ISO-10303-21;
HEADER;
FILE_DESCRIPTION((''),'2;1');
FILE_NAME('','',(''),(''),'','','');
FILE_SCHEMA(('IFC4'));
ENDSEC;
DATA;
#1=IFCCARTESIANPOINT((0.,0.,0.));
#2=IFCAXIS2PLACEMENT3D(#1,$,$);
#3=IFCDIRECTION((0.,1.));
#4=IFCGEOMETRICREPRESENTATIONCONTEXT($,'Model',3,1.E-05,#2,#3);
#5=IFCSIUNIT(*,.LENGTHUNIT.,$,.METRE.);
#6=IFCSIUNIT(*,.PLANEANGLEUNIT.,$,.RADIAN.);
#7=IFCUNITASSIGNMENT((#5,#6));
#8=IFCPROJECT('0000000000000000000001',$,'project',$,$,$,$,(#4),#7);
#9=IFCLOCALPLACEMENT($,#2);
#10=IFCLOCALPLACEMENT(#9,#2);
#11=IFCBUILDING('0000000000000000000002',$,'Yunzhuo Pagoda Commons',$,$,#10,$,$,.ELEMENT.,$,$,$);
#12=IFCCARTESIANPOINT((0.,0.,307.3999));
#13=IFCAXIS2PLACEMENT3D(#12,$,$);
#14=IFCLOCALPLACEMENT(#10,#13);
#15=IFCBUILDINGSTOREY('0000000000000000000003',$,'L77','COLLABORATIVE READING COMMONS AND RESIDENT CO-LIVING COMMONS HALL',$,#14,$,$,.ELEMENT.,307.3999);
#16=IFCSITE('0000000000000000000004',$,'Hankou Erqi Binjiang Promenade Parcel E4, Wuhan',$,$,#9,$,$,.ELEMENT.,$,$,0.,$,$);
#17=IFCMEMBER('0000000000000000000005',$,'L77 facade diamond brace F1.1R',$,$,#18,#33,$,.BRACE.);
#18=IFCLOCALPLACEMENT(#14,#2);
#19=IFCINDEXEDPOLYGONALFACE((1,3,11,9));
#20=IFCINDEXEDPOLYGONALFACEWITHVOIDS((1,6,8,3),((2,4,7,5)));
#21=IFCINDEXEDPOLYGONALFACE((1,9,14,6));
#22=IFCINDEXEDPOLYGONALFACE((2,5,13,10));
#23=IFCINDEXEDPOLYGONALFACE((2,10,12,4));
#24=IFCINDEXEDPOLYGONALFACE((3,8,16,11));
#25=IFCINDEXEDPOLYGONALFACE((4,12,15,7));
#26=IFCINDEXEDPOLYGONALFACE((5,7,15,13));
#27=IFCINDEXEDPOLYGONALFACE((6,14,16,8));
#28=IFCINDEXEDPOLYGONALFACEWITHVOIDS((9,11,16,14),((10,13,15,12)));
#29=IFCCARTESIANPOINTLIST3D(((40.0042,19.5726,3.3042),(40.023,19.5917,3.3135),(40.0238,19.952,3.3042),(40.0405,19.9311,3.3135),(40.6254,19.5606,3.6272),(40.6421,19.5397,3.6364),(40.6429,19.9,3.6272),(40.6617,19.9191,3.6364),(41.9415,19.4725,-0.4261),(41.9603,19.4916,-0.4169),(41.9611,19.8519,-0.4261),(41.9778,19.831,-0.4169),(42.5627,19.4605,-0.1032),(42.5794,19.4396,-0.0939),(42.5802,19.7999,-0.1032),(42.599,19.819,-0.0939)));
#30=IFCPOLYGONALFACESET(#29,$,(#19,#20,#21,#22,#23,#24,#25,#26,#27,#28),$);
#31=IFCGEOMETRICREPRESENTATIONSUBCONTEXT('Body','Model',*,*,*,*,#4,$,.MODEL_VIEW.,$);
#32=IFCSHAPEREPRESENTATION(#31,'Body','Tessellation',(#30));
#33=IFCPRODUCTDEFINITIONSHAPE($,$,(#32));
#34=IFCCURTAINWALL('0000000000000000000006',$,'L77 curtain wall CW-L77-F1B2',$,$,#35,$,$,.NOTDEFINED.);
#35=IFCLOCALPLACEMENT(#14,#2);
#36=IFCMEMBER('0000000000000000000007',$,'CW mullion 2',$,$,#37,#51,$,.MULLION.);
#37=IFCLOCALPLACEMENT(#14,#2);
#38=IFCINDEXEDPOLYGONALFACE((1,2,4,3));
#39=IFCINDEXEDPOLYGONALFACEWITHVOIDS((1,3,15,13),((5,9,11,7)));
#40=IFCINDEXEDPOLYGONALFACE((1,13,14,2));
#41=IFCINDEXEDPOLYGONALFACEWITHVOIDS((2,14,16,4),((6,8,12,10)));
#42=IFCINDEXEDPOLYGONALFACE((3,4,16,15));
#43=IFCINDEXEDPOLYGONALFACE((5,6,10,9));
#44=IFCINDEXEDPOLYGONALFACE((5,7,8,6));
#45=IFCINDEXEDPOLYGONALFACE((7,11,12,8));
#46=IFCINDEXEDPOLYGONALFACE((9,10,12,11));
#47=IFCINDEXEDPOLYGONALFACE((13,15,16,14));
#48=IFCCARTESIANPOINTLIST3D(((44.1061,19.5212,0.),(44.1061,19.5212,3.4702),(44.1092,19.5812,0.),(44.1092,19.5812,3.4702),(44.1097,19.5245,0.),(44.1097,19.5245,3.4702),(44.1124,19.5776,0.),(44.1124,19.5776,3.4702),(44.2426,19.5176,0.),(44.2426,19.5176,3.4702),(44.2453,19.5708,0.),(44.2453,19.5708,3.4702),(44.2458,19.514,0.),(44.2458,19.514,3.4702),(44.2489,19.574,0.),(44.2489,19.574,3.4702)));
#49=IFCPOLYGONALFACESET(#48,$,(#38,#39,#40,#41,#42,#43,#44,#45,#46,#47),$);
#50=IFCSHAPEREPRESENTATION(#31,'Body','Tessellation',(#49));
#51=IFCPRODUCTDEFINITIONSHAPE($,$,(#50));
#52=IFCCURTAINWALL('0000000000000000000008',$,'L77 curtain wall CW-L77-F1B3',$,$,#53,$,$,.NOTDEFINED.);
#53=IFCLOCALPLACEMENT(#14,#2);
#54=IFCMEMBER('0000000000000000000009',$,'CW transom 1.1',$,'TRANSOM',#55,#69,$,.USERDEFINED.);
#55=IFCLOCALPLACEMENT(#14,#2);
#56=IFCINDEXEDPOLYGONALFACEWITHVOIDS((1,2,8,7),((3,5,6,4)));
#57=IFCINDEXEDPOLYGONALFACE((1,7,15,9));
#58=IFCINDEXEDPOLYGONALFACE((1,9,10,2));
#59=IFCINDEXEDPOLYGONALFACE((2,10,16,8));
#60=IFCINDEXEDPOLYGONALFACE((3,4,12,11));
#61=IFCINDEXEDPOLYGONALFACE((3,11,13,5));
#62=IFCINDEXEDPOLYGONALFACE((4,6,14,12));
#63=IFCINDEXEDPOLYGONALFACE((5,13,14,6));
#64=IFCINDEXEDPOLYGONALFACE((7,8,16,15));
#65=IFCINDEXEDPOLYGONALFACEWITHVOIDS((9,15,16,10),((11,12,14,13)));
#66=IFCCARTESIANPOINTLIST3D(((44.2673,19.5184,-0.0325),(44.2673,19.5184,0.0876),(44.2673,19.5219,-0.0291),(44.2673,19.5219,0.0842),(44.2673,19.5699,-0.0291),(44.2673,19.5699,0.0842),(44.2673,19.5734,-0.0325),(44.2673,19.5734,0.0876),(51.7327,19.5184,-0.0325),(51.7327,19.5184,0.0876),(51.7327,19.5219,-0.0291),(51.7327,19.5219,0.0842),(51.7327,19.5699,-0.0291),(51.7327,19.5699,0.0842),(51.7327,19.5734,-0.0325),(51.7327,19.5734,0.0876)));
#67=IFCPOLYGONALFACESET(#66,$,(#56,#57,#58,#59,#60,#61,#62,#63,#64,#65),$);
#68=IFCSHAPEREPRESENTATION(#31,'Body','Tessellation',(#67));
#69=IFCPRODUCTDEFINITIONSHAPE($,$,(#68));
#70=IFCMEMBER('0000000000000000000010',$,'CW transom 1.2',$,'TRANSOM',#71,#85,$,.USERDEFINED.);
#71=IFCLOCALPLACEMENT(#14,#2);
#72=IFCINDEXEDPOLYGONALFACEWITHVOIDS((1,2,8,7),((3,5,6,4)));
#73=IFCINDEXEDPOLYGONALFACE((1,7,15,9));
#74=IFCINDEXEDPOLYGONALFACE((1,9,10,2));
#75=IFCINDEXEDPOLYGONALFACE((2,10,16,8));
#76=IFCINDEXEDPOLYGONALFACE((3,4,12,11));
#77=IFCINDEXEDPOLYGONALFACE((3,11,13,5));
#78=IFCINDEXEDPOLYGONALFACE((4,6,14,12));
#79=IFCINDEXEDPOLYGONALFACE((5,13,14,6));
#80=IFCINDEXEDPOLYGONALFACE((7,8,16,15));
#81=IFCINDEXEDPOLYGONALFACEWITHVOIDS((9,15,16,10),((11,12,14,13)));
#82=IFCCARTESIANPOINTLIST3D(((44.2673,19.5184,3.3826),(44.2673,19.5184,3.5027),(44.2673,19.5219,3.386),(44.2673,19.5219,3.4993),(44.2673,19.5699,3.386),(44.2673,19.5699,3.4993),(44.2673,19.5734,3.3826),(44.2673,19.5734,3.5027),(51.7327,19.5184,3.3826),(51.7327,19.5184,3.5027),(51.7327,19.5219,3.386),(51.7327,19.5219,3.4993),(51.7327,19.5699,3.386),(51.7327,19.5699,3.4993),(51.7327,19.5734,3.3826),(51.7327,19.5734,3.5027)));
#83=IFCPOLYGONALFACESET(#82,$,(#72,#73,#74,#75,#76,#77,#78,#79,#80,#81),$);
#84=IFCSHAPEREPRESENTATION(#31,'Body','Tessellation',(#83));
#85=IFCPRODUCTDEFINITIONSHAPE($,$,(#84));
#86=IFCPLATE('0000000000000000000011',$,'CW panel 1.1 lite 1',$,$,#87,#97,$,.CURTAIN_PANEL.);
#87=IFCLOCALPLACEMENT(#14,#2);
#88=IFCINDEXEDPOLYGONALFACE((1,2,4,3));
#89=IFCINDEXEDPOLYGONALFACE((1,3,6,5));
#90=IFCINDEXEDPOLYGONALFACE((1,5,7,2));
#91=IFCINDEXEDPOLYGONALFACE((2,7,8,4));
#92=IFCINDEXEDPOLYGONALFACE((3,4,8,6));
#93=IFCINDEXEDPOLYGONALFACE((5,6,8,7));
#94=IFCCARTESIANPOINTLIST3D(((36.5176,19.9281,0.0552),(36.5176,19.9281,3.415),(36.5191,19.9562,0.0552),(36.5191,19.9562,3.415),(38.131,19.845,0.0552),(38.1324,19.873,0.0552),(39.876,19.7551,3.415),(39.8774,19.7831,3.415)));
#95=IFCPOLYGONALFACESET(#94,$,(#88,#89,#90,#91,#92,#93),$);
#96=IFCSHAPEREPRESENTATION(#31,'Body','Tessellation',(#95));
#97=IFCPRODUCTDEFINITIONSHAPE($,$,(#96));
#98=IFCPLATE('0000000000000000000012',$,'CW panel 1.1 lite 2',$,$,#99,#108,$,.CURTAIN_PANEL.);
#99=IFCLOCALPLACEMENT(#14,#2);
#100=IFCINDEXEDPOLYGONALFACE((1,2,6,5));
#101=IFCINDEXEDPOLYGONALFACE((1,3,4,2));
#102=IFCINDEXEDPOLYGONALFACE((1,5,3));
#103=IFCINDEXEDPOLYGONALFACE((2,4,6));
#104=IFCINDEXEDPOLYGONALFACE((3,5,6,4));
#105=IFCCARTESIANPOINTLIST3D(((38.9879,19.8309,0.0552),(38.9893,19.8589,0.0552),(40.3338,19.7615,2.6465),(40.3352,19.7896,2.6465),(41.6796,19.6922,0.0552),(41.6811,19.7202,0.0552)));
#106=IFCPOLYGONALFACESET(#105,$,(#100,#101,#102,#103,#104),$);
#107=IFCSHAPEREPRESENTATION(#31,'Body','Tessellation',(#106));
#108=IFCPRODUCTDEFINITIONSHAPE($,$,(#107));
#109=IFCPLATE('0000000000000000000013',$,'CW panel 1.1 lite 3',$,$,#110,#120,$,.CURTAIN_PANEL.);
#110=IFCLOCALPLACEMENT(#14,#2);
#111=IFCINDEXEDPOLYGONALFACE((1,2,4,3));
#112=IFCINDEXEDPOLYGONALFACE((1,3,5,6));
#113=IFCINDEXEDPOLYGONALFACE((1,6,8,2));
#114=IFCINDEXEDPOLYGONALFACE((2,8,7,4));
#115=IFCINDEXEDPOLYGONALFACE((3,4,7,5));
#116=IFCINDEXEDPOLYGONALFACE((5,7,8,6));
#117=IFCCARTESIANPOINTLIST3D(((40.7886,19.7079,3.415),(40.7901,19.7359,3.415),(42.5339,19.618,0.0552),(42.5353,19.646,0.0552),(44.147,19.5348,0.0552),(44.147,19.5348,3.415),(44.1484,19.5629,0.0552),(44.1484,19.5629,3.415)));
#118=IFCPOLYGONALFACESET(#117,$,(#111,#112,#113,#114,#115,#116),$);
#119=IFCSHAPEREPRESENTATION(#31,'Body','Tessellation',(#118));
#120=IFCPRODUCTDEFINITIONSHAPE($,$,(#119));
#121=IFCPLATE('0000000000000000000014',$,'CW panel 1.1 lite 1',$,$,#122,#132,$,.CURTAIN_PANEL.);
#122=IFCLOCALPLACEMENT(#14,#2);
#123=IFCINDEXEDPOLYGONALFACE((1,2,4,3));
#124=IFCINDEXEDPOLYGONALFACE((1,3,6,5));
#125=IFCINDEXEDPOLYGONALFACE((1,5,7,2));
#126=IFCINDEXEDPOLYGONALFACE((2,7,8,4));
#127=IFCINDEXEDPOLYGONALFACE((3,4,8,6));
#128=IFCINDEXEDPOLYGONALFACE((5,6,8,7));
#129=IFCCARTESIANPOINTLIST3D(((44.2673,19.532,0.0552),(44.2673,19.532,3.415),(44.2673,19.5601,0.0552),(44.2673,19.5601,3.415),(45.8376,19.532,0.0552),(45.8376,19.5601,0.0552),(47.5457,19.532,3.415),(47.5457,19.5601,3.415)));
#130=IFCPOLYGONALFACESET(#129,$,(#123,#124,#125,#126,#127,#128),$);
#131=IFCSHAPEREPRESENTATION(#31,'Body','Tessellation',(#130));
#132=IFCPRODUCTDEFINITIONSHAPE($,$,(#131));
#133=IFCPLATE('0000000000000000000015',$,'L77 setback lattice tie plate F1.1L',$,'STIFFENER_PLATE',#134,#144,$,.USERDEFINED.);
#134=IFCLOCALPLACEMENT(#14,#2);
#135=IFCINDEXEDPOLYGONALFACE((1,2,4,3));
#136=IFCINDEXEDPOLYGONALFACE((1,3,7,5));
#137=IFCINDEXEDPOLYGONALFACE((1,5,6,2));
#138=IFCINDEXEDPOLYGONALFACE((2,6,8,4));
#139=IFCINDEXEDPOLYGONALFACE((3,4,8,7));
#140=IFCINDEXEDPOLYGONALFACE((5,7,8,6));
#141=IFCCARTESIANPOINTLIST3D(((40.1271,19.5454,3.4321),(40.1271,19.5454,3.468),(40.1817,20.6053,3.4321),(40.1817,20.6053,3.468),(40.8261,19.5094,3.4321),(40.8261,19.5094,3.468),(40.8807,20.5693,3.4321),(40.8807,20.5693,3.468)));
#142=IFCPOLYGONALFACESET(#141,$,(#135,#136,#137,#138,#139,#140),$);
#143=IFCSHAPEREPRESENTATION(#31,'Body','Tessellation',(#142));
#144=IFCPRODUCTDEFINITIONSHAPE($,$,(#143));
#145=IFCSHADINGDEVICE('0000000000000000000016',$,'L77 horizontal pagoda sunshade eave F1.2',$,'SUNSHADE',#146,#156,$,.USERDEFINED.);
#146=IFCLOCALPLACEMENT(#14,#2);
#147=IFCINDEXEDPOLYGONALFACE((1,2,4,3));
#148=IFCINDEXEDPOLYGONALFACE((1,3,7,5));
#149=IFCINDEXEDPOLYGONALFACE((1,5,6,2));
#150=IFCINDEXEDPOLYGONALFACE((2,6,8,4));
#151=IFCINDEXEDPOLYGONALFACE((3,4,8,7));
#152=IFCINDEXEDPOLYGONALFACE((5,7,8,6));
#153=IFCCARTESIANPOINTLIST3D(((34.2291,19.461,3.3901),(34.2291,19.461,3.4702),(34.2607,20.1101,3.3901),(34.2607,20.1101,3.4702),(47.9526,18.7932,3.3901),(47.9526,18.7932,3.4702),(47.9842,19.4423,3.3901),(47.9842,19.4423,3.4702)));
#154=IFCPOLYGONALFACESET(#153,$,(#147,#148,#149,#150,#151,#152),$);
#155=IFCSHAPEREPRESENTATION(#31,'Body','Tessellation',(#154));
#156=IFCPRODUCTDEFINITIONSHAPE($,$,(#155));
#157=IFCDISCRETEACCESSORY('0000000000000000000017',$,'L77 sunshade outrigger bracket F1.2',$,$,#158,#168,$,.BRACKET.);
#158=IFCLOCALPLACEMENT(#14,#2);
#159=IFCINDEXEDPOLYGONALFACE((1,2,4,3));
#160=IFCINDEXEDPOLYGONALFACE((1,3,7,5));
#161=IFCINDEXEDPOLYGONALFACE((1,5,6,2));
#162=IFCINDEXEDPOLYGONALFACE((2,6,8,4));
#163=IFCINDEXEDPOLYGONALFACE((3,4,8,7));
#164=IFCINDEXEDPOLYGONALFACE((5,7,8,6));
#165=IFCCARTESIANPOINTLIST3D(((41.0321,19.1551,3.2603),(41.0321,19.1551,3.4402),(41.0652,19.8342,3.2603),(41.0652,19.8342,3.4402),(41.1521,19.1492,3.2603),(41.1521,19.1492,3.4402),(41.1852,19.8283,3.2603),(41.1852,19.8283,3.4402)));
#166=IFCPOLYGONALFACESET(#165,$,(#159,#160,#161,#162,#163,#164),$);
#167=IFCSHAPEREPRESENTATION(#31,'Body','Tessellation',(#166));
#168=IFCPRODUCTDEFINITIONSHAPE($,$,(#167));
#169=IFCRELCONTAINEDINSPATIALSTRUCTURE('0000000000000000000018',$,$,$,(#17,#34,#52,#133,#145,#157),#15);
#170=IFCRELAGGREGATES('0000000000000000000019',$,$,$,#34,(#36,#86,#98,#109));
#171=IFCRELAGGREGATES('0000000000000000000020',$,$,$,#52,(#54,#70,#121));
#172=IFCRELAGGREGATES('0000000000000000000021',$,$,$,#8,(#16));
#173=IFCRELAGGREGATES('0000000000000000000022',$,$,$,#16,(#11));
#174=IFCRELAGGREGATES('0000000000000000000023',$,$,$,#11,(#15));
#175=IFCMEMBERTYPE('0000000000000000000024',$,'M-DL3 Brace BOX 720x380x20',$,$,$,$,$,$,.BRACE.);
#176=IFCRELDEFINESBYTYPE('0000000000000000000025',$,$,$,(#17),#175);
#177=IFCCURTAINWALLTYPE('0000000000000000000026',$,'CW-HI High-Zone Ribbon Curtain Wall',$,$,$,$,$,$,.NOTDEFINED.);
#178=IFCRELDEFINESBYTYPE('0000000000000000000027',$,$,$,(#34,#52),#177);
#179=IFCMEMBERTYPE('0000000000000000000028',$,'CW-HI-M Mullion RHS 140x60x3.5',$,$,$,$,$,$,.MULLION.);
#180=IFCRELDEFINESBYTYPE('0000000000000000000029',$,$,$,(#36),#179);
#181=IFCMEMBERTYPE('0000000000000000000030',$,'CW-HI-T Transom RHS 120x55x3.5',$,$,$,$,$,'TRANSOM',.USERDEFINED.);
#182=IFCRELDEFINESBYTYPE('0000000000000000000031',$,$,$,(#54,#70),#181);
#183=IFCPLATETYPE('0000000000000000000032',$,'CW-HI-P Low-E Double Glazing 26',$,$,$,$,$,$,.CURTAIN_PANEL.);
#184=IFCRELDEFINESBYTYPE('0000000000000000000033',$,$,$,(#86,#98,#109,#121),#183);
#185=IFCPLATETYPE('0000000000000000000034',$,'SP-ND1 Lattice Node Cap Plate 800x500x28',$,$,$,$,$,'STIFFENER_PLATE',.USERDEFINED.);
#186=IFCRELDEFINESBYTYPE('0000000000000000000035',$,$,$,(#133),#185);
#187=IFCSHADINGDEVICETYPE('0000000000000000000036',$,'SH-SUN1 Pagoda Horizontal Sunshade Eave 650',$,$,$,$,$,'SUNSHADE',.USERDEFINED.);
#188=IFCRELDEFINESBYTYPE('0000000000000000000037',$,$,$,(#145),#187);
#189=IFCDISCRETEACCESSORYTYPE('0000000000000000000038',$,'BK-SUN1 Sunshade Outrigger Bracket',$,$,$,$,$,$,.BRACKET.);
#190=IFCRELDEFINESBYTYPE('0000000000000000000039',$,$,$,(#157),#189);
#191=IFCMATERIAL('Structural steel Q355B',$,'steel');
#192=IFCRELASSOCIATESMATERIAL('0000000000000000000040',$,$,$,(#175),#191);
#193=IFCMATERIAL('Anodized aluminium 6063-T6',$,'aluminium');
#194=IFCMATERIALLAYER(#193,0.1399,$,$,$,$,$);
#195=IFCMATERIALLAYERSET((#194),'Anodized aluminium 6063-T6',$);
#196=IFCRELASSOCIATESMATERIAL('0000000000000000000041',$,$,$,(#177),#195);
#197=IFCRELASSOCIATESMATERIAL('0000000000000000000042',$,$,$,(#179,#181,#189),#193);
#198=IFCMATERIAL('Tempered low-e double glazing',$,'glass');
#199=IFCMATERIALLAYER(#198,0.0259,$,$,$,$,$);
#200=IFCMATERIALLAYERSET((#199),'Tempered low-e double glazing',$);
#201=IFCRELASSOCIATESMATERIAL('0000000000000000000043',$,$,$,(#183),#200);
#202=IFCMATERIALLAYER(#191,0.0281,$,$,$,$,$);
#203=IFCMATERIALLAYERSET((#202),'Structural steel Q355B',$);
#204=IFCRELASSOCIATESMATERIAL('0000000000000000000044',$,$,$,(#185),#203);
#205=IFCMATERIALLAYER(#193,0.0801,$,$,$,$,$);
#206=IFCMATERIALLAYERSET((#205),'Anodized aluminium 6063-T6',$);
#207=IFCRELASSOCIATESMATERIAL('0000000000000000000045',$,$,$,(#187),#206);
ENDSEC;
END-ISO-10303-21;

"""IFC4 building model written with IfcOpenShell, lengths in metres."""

from ifc_helpers import new_model, si_unit, direction, frame, origin, origin_2d, place, context, subcontext, project, spatial, polyline, rectangle, hollow_rectangle, outline, extrude, source, transform, mapped, material, layer, layer_set, material_profile, profile_set, type_object, element, aggregate, save


model = new_model("IFC4")

# Units and contexts
model_context = context("Model", 3, precision=1e-05, world=origin(), true_north=direction((0.0, 1.0)))
body_context = subcontext(model_context, "Body", "Model", "MODEL_VIEW")
ifc_project = project(units=[si_unit("LENGTHUNIT", "METRE"), si_unit("PLANEANGLEUNIT", "RADIAN")], contexts=[model_context])

# Site, building, storey
site_placement = place(None, origin())
site = spatial("IfcSite", under=ifc_project, at=site_placement, Name="Hankou Erqi Binjiang Promenade Parcel E4, Wuhan", CompositionType="ELEMENT", RefElevation=0.0)
building_placement = place(site_placement, origin())
building = spatial("IfcBuilding", under=site, at=building_placement, Name="Yunzhuo Pagoda Commons", CompositionType="ELEMENT")
storey_placement = place(building_placement, frame((0.0, 0.0, 307.3999)))
storey = spatial("IfcBuildingStorey", under=building, at=storey_placement, Name="L77", Description="COLLABORATIVE READING COMMONS AND RESIDENT CO-LIVING COMMONS HALL", CompositionType="ELEMENT", Elevation=307.3999)

# Shared definitions
ifc_material_1 = material(Name="Structural steel Q355B", Category="steel")

# Member
ifc_material_profile_1 = material_profile(ifc_material_1, hollow_rectangle(XDim=0.3799, YDim=0.72, WallThickness=0.02, at=origin_2d()), Name="Structural steel Q355B")
ifc_profile_set_1 = profile_set([ifc_material_profile_1], Name="Structural steel Q355B")
member_type_1 = type_object("IfcMemberType", Name="M-DL3 Brace BOX 720x380x20", PredefinedType="BRACE", material=ifc_profile_set_1)
shared_shape_1 = source(origin(), body_context, "Body", "SweptSolid", [
    extrude(hollow_rectangle(XDim=0.3799, YDim=0.72, WallThickness=0.02, at=origin_2d()), origin(), (0.0, 0.0, 1.0), 4.2046),
])
member_1_placement = place(storey_placement, frame((42.2703, 19.6458, -0.26), z_axis=(-0.460761, 0.023807, 0.887205), x_axis=(-0.051601, -0.998668, 0.0)))
element("IfcMember", 1, at=member_1_placement, inside=storey, type_object=member_type_1, Name="L77 facade diamond brace F1.1R", PredefinedType="BRACE", context=body_context, shape_type="MappedRepresentation", body=[
    mapped(shared_shape_1, transform((0.0, 0.0, 0.0), scale=1.0)),
])

# Curtain wall, member
ifc_material_2 = material(Name="Anodized aluminium 6063-T6", Category="aluminium")
ifc_layer_1 = layer(ifc_material_2, 0.1399)
ifc_layer_set_1 = layer_set([ifc_layer_1], Name="Anodized aluminium 6063-T6")
curtain_wall_type = type_object("IfcCurtainWallType", Name="CW-HI High-Zone Ribbon Curtain Wall", PredefinedType="NOTDEFINED", material=ifc_layer_set_1)
curtain_wall_1_placement = place(storey_placement, origin())
curtain_wall_1 = element("IfcCurtainWall", 2, at=curtain_wall_1_placement, inside=storey, type_object=curtain_wall_type, Name="L77 curtain wall CW-L77-F1B2", PredefinedType="NOTDEFINED")
ifc_material_profile_2 = material_profile(ifc_material_2, hollow_rectangle(XDim=0.0601, YDim=0.1399, WallThickness=0.0034, at=origin_2d()), Name="Anodized aluminium 6063-T6")
ifc_profile_set_2 = profile_set([ifc_material_profile_2], Name="Anodized aluminium 6063-T6")
member_type_2 = type_object("IfcMemberType", Name="CW-HI-M Mullion RHS 140x60x3.5", PredefinedType="MULLION", material=ifc_profile_set_2)
shared_shape_2 = source(origin(), body_context, "Body", "SweptSolid", [
    extrude(hollow_rectangle(XDim=0.0601, YDim=0.1399, WallThickness=0.0034, at=origin_2d()), origin(), (0.0, 0.0, 1.0), 3.4702),
])
member_2_placement = place(storey_placement, frame((44.1775, 19.5476, 0.0), z_axis=(0.0, 0.0, 1.0), x_axis=(0.051462, 0.998675, 0.0)))
member_2 = element("IfcMember", 3, at=member_2_placement, type_object=member_type_2, Name="CW mullion 2", PredefinedType="MULLION", context=body_context, shape_type="MappedRepresentation", body=[
    mapped(shared_shape_2, transform((0.0, 0.0, 0.0), scale=1.0)),
])

# Curtain wall, members
curtain_wall_2_placement = place(storey_placement, origin())
curtain_wall_2 = element("IfcCurtainWall", 4, at=curtain_wall_2_placement, inside=storey, type_object=curtain_wall_type, Name="L77 curtain wall CW-L77-F1B3", PredefinedType="NOTDEFINED")
ifc_material_profile_3 = material_profile(ifc_material_2, hollow_rectangle(XDim=0.0549, YDim=0.1201, WallThickness=0.0034, at=origin_2d()), Name="Anodized aluminium 6063-T6")
ifc_profile_set_3 = profile_set([ifc_material_profile_3], Name="Anodized aluminium 6063-T6")
member_type_3 = type_object("IfcMemberType", Name="CW-HI-T Transom RHS 120x55x3.5", ElementType="TRANSOM", PredefinedType="USERDEFINED", material=ifc_profile_set_3)
shared_shape_3 = source(origin(), body_context, "Body", "SweptSolid", [
    extrude(hollow_rectangle(XDim=0.0549, YDim=0.1201, WallThickness=0.0034, at=origin_2d()), origin(), (0.0, 0.0, 1.0), 7.4653),
])
member_3_placement = place(storey_placement, frame((44.2673, 19.5459, 0.0276), z_axis=(1.0, 0.0, 0.0), x_axis=(0.0, 1.0, 0.0)))
member_3 = element("IfcMember", 5, at=member_3_placement, type_object=member_type_3, Name="CW transom 1.1", ObjectType="TRANSOM", PredefinedType="USERDEFINED", context=body_context, shape_type="MappedRepresentation", body=[
    mapped(shared_shape_3, transform((0.0, 0.0, 0.0), scale=1.0)),
])
member_4_placement = place(storey_placement, frame((44.2673, 19.5459, 3.4426), z_axis=(1.0, 0.0, 0.0), x_axis=(0.0, 1.0, 0.0)))
member_4 = element("IfcMember", 6, at=member_4_placement, type_object=member_type_3, Name="CW transom 1.2", ObjectType="TRANSOM", PredefinedType="USERDEFINED", context=body_context, shape_type="MappedRepresentation", body=[
    mapped(shared_shape_3, transform((0.0, 0.0, 0.0), scale=1.0)),
])

# Plates
ifc_material_3 = material(Name="Tempered low-e double glazing", Category="glass")
ifc_layer_2 = layer(ifc_material_3, 0.0259)
ifc_layer_set_2 = layer_set([ifc_layer_2], Name="Tempered low-e double glazing")
plate_type_1 = type_object("IfcPlateType", Name="CW-HI-P Low-E Double Glazing 26", PredefinedType="CURTAIN_PANEL", material=ifc_layer_set_2)
plate_1_placement = place(storey_placement, frame((38.1982, 19.8696, 1.7351), z_axis=(-0.051462, -0.998675, 0.0), x_axis=(0.998675, -0.051462, 0.0)))
plate_1 = element("IfcPlate", 7, at=plate_1_placement, type_object=plate_type_1, Name="CW panel 1.1 lite 1", PredefinedType="CURTAIN_PANEL", context=body_context, shape_type="SweptSolid", body=[
    extrude(outline(polyline([(-1.6814, -1.6799), (-0.0659, -1.6799), (1.6814, 1.6799), (-1.6814, 1.6799), (-1.6814, -1.6799)])), origin(), (0.0, 0.0, 1.0), 0.0281),
])
plate_2_placement = place(storey_placement, frame((40.3352, 19.7896, 1.3508), z_axis=(-0.051462, -0.998675, 0.0), x_axis=(0.998675, -0.051462, 0.0)))
plate_2 = element("IfcPlate", 8, at=plate_2_placement, type_object=plate_type_1, Name="CW panel 1.1 lite 2", PredefinedType="CURTAIN_PANEL", context=body_context, shape_type="SweptSolid", body=[
    extrude(outline(polyline([(-1.3477, -1.2957), (1.3477, -1.2957), (0.0, 1.2957), (-1.3477, -1.2957)])), origin(), (0.0, 0.0, 1.0), 0.0281),
])
plate_3_placement = place(storey_placement, frame((42.4692, 19.6494, 1.7351), z_axis=(-0.051462, -0.998675, 0.0), x_axis=(0.998675, -0.051462, 0.0)))
plate_3 = element("IfcPlate", 9, at=plate_3_placement, type_object=plate_type_1, Name="CW panel 1.1 lite 3", PredefinedType="CURTAIN_PANEL", context=body_context, shape_type="SweptSolid", body=[
    extrude(outline(polyline([(-1.6814, 1.6799), (0.0662, -1.6799), (1.6814, -1.6799), (1.6814, 1.6799), (-1.6814, 1.6799)])), origin(), (0.0, 0.0, 1.0), 0.0281),
])
aggregate(curtain_wall_1, [member_2, plate_1, plate_2, plate_3])
plate_4_placement = place(storey_placement, frame((45.9065, 19.5601, 1.7351), z_axis=(0.0, -1.0, 0.0), x_axis=(1.0, 0.0, 0.0)))
plate_4 = element("IfcPlate", 10, at=plate_4_placement, type_object=plate_type_1, Name="CW panel 1.1 lite 1", PredefinedType="CURTAIN_PANEL", context=body_context, shape_type="SweptSolid", body=[
    extrude(outline(polyline([(-1.6392, -1.6799), (-0.0688, -1.6799), (1.6392, 1.6799), (-1.6392, 1.6799), (-1.6392, -1.6799)])), origin(), (0.0, 0.0, 1.0), 0.0281),
])
aggregate(curtain_wall_2, [member_3, member_4, plate_4])
ifc_layer_3 = layer(ifc_material_1, 0.0281)
ifc_layer_set_3 = layer_set([ifc_layer_3], Name="Structural steel Q355B")
plate_type_2 = type_object("IfcPlateType", Name="SP-ND1 Lattice Node Cap Plate 800x500x28", ElementType="STIFFENER_PLATE", PredefinedType="USERDEFINED", material=ifc_layer_set_3)
shared_shape_4 = source(origin(), body_context, "Body", "SweptSolid", [
    extrude(rectangle(XDim=0.7, YDim=1.0613, at=origin_2d()), origin(), (0.0, 0.0, 1.0), 0.0359),
])
plate_5_placement = place(storey_placement, frame((40.5039, 20.0574, 3.4321), z_axis=(0.0, 0.0, 1.0), x_axis=(0.998675, -0.051464, 0.0)))
element("IfcPlate", 11, at=plate_5_placement, inside=storey, type_object=plate_type_2, Name="L77 setback lattice tie plate F1.1L", ObjectType="STIFFENER_PLATE", PredefinedType="USERDEFINED", context=body_context, shape_type="MappedRepresentation", body=[
    mapped(shared_shape_4, transform((0.0, 0.0, 0.0), scale=1.0)),
])

# Shading device
ifc_layer_4 = layer(ifc_material_2, 0.0801)
ifc_layer_set_4 = layer_set([ifc_layer_4], Name="Anodized aluminium 6063-T6")
shading_device_type = type_object("IfcShadingDeviceType", Name="SH-SUN1 Pagoda Horizontal Sunshade Eave 650", ElementType="SUNSHADE", PredefinedType="USERDEFINED", material=ifc_layer_set_4)
shared_shape_5 = source(origin(), body_context, "Body", "SweptSolid", [
    extrude(rectangle(XDim=13.7397, YDim=0.6499, at=origin_2d()), origin(), (0.0, 0.0, 1.0), 0.0801),
])
shading_device_placement = place(storey_placement, frame((41.1067, 19.4517, 3.3901), z_axis=(0.0, 0.0, 1.0), x_axis=(0.998818, -0.048606, 0.0)))
element("IfcShadingDevice", 12, at=shading_device_placement, inside=storey, type_object=shading_device_type, Name="L77 horizontal pagoda sunshade eave F1.2", ObjectType="SUNSHADE", PredefinedType="USERDEFINED", context=body_context, shape_type="MappedRepresentation", body=[
    mapped(shared_shape_5, transform((0.0, 0.0, 0.0), scale=1.0)),
])

# Discrete accessory
discrete_accessory_type = type_object("IfcDiscreteAccessoryType", Name="BK-SUN1 Sunshade Outrigger Bracket", PredefinedType="BRACKET", material=ifc_material_2)
shared_shape_6 = source(origin(), body_context, "Body", "SweptSolid", [
    extrude(rectangle(XDim=0.1201, YDim=0.6799, at=origin_2d()), origin(), (0.0, 0.0, 1.0), 0.1799),
])
discrete_accessory_placement = place(storey_placement, frame((41.1086, 19.4917, 3.2603), z_axis=(0.0, 0.0, 1.0), x_axis=(0.998818, -0.048606, 0.0)))
element("IfcDiscreteAccessory", 13, at=discrete_accessory_placement, inside=storey, type_object=discrete_accessory_type, Name="L77 sunshade outrigger bracket F1.2", PredefinedType="BRACKET", context=body_context, shape_type="MappedRepresentation", body=[
    mapped(shared_shape_6, transform((0.0, 0.0, 0.0), scale=1.0)),
])

save(model, "model.ifc")
